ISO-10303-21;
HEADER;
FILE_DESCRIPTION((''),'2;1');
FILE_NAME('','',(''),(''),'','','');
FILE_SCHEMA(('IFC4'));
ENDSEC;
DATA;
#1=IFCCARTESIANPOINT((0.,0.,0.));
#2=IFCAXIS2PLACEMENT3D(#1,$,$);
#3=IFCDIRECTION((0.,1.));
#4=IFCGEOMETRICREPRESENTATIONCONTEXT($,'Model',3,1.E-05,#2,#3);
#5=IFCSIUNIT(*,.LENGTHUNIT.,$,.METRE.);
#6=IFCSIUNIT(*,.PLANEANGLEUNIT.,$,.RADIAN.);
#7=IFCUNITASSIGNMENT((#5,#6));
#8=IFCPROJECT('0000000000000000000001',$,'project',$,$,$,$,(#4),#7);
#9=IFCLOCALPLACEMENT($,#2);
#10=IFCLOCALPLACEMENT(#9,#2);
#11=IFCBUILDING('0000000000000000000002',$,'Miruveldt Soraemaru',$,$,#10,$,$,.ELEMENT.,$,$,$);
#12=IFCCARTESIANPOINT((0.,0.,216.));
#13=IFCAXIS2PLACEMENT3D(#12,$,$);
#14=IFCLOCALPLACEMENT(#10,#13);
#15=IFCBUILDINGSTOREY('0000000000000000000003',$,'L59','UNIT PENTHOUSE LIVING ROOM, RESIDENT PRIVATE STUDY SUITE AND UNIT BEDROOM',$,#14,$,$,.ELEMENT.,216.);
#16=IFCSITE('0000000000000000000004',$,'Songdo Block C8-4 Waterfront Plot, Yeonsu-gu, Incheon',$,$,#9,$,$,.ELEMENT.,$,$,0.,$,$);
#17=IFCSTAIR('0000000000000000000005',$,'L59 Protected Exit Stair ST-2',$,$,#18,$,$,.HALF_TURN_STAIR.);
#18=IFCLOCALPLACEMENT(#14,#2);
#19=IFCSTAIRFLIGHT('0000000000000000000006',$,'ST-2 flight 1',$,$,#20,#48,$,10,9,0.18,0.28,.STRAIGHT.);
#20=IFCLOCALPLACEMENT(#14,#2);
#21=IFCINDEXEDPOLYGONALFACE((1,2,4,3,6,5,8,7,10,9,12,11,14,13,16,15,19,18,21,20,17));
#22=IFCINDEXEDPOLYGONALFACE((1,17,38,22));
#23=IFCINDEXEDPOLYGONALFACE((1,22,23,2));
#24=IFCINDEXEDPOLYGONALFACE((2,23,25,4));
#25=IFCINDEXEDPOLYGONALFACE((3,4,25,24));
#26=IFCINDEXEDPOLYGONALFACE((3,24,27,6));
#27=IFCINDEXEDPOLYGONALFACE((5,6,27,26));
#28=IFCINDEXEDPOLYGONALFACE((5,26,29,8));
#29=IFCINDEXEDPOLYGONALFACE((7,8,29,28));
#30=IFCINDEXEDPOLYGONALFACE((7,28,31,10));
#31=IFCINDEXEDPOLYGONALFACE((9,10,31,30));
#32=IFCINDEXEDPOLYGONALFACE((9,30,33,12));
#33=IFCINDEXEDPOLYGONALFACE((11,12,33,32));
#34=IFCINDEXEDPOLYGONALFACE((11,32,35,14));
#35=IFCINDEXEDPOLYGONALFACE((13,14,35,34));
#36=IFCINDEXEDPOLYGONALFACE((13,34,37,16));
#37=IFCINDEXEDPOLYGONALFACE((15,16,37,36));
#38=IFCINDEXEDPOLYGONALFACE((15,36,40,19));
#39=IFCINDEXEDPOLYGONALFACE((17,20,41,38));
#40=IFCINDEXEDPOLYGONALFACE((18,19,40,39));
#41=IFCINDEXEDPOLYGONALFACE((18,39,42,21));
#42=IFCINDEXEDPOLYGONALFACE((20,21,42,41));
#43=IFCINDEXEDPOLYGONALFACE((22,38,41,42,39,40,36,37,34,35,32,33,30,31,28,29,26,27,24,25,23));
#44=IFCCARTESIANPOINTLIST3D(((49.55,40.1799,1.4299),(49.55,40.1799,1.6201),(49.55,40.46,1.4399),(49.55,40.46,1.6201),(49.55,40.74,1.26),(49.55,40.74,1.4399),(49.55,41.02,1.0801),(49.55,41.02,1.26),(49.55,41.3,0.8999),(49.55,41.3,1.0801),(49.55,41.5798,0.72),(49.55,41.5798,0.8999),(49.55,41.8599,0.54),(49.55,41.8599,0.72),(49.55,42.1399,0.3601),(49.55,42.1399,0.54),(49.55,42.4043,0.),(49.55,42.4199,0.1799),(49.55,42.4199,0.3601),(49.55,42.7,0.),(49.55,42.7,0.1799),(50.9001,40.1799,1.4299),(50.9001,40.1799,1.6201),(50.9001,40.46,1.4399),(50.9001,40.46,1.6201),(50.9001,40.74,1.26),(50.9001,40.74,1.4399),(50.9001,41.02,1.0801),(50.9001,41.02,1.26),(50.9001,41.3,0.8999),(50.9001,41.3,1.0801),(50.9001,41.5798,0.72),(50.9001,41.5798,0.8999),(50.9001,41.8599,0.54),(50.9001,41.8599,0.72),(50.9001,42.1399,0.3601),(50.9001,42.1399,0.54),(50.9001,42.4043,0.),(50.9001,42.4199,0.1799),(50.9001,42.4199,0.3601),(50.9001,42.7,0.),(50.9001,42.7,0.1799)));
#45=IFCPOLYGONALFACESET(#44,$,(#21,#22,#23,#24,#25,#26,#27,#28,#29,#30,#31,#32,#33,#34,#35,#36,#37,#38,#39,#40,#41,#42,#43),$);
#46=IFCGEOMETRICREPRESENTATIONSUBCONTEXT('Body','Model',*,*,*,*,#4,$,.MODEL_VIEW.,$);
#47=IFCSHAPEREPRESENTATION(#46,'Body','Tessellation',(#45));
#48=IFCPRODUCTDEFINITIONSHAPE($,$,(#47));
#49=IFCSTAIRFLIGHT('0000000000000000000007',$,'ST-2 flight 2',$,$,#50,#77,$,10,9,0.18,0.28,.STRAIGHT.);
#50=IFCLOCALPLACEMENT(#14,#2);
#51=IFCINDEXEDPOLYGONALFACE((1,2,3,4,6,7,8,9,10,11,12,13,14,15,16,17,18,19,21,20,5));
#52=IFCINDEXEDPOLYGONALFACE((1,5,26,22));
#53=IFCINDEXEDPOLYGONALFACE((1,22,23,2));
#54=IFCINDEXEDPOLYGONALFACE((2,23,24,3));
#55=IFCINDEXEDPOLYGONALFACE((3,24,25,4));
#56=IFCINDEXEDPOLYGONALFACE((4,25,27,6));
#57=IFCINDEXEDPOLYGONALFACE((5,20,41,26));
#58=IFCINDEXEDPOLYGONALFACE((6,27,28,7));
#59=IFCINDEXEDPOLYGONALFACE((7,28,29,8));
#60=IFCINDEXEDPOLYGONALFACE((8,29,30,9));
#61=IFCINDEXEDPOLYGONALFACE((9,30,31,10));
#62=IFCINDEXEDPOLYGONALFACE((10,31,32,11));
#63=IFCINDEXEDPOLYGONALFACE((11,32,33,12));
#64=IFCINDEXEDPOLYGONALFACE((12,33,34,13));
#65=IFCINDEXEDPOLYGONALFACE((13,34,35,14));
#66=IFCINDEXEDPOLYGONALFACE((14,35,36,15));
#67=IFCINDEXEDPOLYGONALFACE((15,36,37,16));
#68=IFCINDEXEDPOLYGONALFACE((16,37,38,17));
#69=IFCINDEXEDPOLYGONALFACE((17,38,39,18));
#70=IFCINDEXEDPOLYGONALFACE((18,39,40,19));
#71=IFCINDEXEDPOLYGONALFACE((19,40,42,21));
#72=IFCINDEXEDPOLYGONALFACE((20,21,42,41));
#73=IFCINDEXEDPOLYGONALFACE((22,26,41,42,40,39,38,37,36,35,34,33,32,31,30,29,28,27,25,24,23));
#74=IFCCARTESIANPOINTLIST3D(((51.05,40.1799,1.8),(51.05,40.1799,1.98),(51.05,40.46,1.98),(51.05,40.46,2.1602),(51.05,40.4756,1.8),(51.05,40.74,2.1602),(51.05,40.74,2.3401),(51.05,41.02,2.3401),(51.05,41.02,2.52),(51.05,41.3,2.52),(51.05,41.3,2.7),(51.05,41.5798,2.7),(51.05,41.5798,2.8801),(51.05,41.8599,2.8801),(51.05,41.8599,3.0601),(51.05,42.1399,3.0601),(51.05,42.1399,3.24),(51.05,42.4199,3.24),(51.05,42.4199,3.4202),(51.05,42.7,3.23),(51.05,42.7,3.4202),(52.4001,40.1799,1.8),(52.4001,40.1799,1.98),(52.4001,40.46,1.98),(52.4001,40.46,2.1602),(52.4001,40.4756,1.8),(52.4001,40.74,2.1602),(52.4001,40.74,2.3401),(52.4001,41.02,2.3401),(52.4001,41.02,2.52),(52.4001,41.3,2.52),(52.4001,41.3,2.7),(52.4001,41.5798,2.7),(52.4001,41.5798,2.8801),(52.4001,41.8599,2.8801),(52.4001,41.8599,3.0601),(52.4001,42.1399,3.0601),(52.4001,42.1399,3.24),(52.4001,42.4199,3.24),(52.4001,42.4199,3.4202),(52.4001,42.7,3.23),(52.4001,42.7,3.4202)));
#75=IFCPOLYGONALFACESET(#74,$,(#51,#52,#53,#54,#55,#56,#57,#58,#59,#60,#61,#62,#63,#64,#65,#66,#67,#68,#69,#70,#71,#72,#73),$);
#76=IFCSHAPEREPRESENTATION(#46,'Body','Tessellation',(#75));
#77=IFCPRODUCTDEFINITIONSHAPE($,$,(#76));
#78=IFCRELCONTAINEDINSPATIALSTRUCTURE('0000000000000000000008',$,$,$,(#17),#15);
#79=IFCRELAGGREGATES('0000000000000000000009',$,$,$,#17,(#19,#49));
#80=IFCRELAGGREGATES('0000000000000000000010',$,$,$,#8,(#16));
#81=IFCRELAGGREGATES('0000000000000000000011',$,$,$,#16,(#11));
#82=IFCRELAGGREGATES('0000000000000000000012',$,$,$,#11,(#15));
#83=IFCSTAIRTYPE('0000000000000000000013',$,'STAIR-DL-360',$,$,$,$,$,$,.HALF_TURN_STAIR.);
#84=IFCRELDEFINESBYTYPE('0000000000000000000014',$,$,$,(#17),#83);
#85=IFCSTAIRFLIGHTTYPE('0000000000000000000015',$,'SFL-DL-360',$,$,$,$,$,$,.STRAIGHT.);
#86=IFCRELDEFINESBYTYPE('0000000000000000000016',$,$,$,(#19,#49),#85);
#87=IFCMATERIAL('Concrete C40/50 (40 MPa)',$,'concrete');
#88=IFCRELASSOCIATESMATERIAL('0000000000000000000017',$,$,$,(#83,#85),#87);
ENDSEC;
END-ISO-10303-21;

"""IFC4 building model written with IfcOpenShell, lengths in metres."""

from ifc_helpers import new_model, si_unit, direction, frame, origin, place, context, subcontext, project, spatial, polyline, outline, extrude, material, type_object, element, aggregate, save


model = new_model("IFC4")

# Units and contexts
model_context = context("Model", 3, precision=1e-05, world=origin(), true_north=direction((0.0, 1.0)))
body_context = subcontext(model_context, "Body", "Model", "MODEL_VIEW")
ifc_project = project(units=[si_unit("LENGTHUNIT", "METRE"), si_unit("PLANEANGLEUNIT", "RADIAN")], contexts=[model_context])

# Site, building, storey
site_placement = place(None, origin())
site = spatial("IfcSite", under=ifc_project, at=site_placement, Name="Songdo Block C8-4 Waterfront Plot, Yeonsu-gu, Incheon", CompositionType="ELEMENT", RefElevation=0.0)
building_placement = place(site_placement, origin())
building = spatial("IfcBuilding", under=site, at=building_placement, Name="Miruveldt Soraemaru", CompositionType="ELEMENT")
storey_placement = place(building_placement, frame((0.0, 0.0, 216.0)))
storey = spatial("IfcBuildingStorey", under=building, at=storey_placement, Name="L59", Description="UNIT PENTHOUSE LIVING ROOM, RESIDENT PRIVATE STUDY SUITE AND UNIT BEDROOM", CompositionType="ELEMENT", Elevation=216.0)

# Shared definitions
ifc_material_1 = material(Name="Concrete C40/50 (40 MPa)", Category="concrete")

# Stair, stair flights
stair_type = type_object("IfcStairType", Name="STAIR-DL-360", PredefinedType="HALF_TURN_STAIR", material=ifc_material_1)
stair_placement = place(storey_placement, origin())
stair = element("IfcStair", 1, at=stair_placement, inside=storey, type_object=stair_type, Name="L59 Protected Exit Stair ST-2", PredefinedType="HALF_TURN_STAIR")
stair_flight_type = type_object("IfcStairFlightType", Name="SFL-DL-360", PredefinedType="STRAIGHT", material=ifc_material_1)
stair_flight_1_placement = place(storey_placement, frame((50.2251, 42.7, 0.0), z_axis=(0.0, 0.0, 1.0), x_axis=(0.0, -1.0, 0.0)))
stair_flight_1 = element("IfcStairFlight", 2, at=stair_flight_1_placement, type_object=stair_flight_type, Name="ST-2 flight 1", NumberOfRisers=10, NumberOfTreads=9, PredefinedType="STRAIGHT", RiserHeight=0.18, TreadLength=0.28, context=body_context, shape_type="SweptSolid", body=[
    extrude(outline(polyline([(0.0, 0.0), (0.0, 0.1799), (0.28, 0.1799), (0.28, 0.3601), (0.5601, 0.3601), (0.5601, 0.54), (0.8401, 0.54), (0.8401, 0.72), (1.1201, 0.72), (1.1201, 0.8999), (1.3999, 0.8999), (1.3999, 1.0801), (1.6799, 1.0801), (1.6799, 1.26), (1.96, 1.26), (1.96, 1.4399), (2.24, 1.4399), (2.24, 1.6201), (2.52, 1.6201), (2.52, 1.8), (2.52, 1.4299), (0.2957, 0.0), (0.0, 0.0)])), frame((0.0, 0.675, 0.0), z_axis=(0.0, -1.0, 0.0), x_axis=(1.0, 0.0, 0.0)), (0.0, 0.0, 1.0), 1.3501),
])
stair_flight_2_placement = place(storey_placement, frame((51.7251, 40.1799, 1.8), z_axis=(0.0, 0.0, 1.0), x_axis=(0.0, 1.0, 0.0)))
stair_flight_2 = element("IfcStairFlight", 3, at=stair_flight_2_placement, type_object=stair_flight_type, Name="ST-2 flight 2", NumberOfRisers=10, NumberOfTreads=9, PredefinedType="STRAIGHT", RiserHeight=0.18, TreadLength=0.28, context=body_context, shape_type="SweptSolid", body=[
    extrude(outline(polyline([(0.0, 0.0), (0.0, 0.1799), (0.28, 0.1799), (0.28, 0.3601), (0.5601, 0.3601), (0.5601, 0.54), (0.8401, 0.54), (0.8401, 0.72), (1.1201, 0.72), (1.1201, 0.8999), (1.3999, 0.8999), (1.3999, 1.0801), (1.6799, 1.0801), (1.6799, 1.26), (1.96, 1.26), (1.96, 1.4399), (2.24, 1.4399), (2.24, 1.6201), (2.52, 1.6201), (2.52, 1.8), (2.52, 1.4299), (0.2957, 0.0), (0.0, 0.0)])), frame((0.0, 0.675, 0.0), z_axis=(0.0, -1.0, 0.0), x_axis=(1.0, 0.0, 0.0)), (0.0, 0.0, 1.0), 1.3501),
])
aggregate(stair, [stair_flight_1, stair_flight_2])

save(model, "model.ifc")
